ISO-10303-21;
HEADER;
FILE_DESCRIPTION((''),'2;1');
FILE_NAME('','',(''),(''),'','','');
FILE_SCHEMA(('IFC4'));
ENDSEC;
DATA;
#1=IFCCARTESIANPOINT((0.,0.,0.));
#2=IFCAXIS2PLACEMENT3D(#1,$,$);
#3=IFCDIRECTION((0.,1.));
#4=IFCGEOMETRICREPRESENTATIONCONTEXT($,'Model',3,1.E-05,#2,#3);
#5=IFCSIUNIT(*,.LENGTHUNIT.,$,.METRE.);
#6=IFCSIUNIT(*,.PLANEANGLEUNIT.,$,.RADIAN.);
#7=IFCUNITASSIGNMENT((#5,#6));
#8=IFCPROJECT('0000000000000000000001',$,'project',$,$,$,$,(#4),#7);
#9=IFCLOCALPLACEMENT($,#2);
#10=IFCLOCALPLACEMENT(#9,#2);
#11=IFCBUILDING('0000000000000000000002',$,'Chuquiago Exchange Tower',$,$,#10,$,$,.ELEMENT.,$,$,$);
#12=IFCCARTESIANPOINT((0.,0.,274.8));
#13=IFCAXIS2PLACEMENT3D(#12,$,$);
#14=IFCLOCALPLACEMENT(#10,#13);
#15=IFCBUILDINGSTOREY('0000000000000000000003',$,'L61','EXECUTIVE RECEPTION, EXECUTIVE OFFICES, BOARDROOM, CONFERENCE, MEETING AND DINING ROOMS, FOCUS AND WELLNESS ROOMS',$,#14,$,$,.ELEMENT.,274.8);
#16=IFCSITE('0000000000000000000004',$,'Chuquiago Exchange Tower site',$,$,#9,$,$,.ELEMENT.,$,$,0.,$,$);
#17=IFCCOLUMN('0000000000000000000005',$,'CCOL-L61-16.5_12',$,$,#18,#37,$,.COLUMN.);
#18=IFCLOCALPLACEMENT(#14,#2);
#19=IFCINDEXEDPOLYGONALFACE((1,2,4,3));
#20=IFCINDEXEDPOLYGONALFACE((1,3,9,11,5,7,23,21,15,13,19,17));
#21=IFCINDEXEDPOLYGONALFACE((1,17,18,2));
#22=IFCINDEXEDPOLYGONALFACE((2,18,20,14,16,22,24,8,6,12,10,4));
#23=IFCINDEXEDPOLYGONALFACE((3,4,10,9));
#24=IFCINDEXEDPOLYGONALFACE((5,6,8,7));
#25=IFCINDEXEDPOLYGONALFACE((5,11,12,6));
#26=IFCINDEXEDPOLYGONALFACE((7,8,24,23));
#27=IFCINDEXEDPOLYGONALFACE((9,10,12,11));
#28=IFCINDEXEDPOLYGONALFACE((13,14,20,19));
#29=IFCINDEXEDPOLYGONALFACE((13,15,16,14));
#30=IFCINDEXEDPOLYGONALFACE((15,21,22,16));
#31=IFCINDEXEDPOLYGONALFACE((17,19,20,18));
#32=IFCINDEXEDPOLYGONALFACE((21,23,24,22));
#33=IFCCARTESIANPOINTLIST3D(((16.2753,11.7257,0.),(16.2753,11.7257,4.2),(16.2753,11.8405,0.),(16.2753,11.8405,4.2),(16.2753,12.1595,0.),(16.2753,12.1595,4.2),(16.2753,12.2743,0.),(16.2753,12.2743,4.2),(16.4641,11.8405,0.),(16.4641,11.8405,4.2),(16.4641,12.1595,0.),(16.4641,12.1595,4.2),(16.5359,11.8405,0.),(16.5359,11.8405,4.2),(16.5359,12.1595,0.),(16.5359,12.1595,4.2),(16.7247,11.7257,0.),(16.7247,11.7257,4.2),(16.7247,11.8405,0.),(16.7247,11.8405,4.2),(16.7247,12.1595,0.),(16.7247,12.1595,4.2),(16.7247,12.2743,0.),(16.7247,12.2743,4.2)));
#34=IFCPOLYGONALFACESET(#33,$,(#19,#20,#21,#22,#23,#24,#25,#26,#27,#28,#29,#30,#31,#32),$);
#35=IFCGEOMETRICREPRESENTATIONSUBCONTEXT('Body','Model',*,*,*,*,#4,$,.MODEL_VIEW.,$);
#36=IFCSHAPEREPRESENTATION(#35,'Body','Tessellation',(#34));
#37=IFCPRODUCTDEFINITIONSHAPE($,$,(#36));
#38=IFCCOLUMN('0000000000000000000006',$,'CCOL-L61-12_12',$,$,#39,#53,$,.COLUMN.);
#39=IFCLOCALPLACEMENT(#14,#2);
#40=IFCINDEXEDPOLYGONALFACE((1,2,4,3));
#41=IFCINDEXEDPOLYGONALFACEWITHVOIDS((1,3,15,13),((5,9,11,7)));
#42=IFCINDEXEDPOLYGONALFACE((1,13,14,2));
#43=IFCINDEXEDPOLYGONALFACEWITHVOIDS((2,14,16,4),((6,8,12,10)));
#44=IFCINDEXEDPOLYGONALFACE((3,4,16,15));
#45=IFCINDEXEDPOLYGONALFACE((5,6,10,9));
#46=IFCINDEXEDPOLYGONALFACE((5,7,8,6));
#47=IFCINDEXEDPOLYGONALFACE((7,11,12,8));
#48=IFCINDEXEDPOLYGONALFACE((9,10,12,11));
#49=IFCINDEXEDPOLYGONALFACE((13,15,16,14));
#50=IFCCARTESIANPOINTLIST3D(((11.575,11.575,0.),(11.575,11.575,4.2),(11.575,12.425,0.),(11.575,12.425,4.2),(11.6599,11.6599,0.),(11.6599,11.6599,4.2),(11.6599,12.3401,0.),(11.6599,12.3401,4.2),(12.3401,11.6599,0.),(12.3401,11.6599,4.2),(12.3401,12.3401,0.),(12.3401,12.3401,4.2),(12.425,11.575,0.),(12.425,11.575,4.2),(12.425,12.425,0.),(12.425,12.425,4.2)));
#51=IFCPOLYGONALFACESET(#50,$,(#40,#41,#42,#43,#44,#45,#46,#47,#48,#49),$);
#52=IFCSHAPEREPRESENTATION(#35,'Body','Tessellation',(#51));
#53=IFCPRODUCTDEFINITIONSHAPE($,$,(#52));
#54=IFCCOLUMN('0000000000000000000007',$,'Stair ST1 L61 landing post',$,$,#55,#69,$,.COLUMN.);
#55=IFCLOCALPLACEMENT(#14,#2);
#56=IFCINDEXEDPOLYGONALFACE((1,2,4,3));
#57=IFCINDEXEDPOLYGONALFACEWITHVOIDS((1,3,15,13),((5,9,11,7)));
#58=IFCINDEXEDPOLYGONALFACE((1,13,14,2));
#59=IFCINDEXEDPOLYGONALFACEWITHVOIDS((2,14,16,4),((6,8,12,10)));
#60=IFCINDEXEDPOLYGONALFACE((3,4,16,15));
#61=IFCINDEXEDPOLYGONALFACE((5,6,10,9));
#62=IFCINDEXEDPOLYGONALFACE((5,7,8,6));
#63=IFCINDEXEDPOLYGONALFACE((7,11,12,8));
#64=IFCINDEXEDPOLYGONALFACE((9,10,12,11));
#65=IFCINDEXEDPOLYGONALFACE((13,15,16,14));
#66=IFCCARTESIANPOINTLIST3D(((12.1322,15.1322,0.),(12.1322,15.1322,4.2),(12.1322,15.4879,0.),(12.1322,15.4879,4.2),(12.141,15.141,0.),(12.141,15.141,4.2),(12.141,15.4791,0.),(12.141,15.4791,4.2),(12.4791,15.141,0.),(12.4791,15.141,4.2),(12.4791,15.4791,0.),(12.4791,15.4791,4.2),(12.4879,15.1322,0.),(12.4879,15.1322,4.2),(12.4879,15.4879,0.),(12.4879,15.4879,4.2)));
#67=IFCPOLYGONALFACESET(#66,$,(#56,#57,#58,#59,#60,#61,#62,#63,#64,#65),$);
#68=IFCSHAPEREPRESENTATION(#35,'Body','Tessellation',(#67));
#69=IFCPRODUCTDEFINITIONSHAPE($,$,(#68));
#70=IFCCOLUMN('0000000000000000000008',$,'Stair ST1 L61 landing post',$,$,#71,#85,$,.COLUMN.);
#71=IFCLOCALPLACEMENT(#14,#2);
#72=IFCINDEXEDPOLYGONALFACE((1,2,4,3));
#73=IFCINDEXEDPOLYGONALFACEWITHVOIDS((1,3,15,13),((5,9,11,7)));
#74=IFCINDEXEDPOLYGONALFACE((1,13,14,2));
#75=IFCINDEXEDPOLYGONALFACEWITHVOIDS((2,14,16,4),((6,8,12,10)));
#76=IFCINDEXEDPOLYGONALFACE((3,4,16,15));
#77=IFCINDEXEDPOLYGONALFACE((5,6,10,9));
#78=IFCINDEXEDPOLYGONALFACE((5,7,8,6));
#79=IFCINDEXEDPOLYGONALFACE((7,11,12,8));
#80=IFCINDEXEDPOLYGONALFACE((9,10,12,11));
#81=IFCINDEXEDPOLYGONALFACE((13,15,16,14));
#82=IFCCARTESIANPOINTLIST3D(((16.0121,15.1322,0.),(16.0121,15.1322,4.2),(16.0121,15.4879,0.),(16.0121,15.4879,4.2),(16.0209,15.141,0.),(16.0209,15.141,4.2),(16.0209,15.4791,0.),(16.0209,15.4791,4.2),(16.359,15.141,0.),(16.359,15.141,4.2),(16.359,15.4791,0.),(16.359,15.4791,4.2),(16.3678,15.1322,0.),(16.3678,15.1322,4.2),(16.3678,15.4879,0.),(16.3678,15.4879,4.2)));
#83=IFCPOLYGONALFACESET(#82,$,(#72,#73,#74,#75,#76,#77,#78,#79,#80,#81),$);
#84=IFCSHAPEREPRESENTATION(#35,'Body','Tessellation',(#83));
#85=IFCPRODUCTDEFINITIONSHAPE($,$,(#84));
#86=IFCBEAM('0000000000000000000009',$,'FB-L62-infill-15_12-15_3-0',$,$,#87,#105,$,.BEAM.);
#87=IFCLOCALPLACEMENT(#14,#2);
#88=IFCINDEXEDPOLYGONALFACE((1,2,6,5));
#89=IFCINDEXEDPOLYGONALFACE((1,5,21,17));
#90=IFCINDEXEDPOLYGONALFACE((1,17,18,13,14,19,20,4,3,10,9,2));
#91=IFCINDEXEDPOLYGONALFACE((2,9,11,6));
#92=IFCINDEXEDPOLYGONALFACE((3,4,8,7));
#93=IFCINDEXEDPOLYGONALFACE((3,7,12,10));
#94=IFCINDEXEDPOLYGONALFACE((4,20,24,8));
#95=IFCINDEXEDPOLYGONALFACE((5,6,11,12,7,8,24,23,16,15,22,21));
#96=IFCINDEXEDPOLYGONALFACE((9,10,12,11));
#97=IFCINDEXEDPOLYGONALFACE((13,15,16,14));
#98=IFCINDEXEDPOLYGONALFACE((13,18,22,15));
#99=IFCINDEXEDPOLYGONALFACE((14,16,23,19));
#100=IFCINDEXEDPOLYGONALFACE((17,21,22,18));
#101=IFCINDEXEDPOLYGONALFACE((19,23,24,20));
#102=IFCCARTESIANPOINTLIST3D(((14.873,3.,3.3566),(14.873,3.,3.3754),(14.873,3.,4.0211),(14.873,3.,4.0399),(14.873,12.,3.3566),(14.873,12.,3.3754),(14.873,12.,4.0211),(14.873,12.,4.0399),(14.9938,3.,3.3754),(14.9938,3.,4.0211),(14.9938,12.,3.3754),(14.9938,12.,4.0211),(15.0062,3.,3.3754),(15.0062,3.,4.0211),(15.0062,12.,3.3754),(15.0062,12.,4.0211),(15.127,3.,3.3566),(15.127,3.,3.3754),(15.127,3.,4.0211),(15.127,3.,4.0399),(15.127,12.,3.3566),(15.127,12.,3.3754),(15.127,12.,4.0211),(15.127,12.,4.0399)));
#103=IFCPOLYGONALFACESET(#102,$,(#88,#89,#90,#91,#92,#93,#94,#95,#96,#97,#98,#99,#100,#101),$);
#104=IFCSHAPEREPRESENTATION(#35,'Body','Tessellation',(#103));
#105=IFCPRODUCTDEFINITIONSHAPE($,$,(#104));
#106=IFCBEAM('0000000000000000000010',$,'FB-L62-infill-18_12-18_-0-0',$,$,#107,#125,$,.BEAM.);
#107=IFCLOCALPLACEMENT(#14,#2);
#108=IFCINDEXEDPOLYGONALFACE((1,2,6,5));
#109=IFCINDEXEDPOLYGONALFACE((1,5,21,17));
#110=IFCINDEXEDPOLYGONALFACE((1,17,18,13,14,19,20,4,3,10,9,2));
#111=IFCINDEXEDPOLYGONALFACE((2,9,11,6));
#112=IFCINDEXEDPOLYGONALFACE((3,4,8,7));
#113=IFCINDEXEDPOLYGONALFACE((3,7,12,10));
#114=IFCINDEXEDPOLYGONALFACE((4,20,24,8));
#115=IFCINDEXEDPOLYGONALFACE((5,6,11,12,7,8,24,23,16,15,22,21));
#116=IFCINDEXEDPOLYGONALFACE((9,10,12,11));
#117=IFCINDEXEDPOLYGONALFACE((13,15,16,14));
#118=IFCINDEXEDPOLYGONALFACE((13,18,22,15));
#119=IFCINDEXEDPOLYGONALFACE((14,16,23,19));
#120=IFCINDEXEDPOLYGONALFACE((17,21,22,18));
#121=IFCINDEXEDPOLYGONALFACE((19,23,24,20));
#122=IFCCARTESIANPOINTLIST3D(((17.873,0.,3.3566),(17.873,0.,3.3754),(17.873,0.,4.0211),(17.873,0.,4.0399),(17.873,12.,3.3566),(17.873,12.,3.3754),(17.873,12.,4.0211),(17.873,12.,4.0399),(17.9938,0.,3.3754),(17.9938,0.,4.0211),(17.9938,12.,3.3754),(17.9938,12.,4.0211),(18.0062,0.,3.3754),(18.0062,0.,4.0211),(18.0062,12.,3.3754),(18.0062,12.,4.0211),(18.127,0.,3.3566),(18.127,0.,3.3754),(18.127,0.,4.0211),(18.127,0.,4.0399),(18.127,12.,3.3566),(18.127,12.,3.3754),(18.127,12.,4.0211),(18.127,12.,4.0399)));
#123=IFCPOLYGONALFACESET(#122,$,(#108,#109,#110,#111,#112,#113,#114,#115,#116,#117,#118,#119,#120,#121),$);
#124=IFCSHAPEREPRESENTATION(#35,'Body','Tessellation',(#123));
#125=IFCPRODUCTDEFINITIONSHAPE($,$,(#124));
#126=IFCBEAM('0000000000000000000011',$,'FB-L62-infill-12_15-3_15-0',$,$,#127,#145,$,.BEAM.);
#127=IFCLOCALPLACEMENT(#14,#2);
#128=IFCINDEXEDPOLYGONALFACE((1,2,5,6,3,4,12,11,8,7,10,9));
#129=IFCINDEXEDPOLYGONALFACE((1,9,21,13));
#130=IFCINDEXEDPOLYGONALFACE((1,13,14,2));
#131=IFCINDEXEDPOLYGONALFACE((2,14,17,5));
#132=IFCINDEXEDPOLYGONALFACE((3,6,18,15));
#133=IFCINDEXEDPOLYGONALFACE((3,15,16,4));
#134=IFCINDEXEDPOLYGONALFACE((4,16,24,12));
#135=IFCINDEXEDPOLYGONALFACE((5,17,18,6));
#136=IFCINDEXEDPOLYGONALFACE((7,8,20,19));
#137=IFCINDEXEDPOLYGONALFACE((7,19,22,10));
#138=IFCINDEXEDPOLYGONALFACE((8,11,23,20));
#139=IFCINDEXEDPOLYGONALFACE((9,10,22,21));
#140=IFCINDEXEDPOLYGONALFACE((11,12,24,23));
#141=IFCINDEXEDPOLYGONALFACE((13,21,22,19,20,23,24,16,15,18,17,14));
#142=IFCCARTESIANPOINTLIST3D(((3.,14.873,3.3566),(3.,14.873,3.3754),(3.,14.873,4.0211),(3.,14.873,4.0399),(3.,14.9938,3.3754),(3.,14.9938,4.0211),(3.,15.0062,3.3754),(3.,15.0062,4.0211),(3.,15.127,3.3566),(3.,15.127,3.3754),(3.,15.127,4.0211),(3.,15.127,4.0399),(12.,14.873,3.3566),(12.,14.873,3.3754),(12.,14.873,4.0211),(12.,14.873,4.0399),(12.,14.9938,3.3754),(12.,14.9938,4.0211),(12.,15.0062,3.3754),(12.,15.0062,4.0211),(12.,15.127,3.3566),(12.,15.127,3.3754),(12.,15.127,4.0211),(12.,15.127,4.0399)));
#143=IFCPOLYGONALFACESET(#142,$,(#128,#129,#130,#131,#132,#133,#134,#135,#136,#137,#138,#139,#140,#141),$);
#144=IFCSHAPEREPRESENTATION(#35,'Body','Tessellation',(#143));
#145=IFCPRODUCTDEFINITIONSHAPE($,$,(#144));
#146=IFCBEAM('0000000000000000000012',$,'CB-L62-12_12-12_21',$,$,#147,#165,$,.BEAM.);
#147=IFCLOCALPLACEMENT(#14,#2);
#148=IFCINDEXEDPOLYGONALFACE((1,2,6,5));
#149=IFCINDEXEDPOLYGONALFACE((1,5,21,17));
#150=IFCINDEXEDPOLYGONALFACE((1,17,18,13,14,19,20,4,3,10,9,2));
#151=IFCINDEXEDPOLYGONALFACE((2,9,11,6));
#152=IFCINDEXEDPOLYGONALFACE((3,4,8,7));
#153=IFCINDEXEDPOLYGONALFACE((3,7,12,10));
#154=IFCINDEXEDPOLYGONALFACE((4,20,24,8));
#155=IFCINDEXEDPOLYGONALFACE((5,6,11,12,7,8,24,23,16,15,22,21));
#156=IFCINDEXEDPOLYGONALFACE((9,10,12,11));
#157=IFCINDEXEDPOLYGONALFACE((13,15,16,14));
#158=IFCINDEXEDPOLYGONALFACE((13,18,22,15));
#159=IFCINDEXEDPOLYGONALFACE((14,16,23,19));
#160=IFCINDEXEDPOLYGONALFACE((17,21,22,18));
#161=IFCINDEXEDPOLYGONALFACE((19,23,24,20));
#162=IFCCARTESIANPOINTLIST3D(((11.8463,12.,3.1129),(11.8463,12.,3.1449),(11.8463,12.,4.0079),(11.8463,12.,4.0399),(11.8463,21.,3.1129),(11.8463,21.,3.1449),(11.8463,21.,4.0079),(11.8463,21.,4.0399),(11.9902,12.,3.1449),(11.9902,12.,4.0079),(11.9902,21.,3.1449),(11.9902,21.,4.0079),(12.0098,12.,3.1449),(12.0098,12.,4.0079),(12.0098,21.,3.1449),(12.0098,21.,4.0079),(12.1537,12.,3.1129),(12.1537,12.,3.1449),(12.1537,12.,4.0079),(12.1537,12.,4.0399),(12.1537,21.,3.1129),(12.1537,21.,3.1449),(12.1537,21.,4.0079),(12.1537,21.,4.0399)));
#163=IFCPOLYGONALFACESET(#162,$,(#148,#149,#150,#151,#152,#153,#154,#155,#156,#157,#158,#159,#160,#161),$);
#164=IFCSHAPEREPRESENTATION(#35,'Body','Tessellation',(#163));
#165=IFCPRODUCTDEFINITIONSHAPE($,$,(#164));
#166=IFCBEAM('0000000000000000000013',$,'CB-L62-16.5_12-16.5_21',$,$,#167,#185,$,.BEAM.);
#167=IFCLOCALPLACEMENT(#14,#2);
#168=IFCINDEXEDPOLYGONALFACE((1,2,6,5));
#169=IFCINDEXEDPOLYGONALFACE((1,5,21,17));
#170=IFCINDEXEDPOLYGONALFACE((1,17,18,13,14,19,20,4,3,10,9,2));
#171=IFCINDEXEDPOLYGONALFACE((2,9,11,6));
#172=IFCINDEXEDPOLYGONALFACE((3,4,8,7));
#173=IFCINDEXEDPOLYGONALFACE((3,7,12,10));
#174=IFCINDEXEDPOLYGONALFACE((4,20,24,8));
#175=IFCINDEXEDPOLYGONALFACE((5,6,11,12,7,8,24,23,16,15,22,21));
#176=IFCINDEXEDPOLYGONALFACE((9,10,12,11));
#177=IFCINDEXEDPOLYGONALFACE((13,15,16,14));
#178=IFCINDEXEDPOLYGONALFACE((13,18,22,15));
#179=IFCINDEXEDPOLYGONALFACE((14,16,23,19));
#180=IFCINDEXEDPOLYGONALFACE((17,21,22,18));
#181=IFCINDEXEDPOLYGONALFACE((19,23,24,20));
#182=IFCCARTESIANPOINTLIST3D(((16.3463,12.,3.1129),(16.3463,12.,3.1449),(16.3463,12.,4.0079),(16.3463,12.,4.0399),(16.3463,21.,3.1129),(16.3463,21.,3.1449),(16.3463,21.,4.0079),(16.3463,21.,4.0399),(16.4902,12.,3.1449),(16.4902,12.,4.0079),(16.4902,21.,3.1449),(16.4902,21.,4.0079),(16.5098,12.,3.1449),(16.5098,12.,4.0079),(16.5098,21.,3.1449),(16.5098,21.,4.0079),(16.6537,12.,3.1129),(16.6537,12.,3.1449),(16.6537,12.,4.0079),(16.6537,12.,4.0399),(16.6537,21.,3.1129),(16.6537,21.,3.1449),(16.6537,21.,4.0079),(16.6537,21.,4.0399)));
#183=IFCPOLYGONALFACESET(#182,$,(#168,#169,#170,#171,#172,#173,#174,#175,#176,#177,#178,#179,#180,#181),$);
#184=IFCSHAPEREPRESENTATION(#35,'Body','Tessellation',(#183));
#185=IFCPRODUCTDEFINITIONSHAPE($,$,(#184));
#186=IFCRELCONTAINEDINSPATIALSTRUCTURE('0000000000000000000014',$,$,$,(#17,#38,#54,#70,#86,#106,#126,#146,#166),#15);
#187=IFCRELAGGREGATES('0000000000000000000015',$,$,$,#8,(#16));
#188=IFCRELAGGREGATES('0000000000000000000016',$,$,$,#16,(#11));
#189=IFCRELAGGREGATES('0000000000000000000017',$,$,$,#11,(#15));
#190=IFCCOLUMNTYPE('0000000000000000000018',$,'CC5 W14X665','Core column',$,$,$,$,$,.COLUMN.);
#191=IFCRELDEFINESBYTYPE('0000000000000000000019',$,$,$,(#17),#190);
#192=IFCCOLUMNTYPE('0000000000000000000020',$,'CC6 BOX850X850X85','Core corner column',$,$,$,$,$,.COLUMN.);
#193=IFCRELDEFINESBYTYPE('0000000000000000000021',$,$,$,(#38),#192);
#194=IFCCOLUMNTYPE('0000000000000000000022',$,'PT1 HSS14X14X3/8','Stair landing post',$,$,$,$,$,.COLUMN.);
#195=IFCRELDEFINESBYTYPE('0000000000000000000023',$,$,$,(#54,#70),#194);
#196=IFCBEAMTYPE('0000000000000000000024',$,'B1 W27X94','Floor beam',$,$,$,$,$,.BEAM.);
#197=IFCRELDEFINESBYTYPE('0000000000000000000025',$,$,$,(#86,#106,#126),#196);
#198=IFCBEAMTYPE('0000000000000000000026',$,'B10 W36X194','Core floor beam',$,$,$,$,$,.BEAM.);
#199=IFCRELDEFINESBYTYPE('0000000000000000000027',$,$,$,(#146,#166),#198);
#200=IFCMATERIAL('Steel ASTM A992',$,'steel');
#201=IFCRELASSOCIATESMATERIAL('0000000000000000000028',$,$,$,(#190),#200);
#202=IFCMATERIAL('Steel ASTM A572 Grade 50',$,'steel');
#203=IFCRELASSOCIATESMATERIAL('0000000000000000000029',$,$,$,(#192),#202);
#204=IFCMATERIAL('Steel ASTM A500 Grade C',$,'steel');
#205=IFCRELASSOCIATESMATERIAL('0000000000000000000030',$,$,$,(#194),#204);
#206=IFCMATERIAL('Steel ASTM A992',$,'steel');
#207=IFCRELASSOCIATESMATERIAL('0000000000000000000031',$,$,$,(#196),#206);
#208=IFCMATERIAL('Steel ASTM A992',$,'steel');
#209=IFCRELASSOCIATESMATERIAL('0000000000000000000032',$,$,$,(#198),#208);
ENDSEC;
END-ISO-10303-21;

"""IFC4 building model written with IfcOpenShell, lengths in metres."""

from ifc_helpers import new_model, si_unit, direction, frame, origin, origin_2d, place, context, subcontext, project, spatial, hollow_rectangle, i_section, extrude, material, material_profile, profile_set, type_object, element, save


model = new_model("IFC4")

# Units and contexts
model_context = context("Model", 3, precision=1e-05, world=origin(), true_north=direction((0.0, 1.0)))
body_context = subcontext(model_context, "Body", "Model", "MODEL_VIEW")
ifc_project = project(units=[si_unit("LENGTHUNIT", "METRE"), si_unit("PLANEANGLEUNIT", "RADIAN")], contexts=[model_context])

# Site, building, storey
site_placement = place(None, origin())
site = spatial("IfcSite", under=ifc_project, at=site_placement, Name="Chuquiago Exchange Tower site", CompositionType="ELEMENT", RefElevation=0.0)
building_placement = place(site_placement, origin())
building = spatial("IfcBuilding", under=site, at=building_placement, Name="Chuquiago Exchange Tower", CompositionType="ELEMENT")
storey_placement = place(building_placement, frame((0.0, 0.0, 274.8)))
storey = spatial("IfcBuildingStorey", under=building, at=storey_placement, Name="L61", Description="EXECUTIVE RECEPTION, EXECUTIVE OFFICES, BOARDROOM, CONFERENCE, MEETING AND DINING ROOMS, FOCUS AND WELLNESS ROOMS", CompositionType="ELEMENT", Elevation=274.8)

# Columns
ifc_material_1 = material(Name="Steel ASTM A992", Category="steel")
ifc_material_profile_1 = material_profile(ifc_material_1, i_section(OverallWidth=0.4495, OverallDepth=0.5486, WebThickness=0.0718, FlangeThickness=0.1147, at=origin_2d()), Name="W14X665")
ifc_profile_set_1 = profile_set([ifc_material_profile_1], Name="Steel ASTM A992")
column_type_1 = type_object("IfcColumnType", Name="CC5 W14X665", Description="Core column", PredefinedType="COLUMN", material=ifc_profile_set_1)
column_1_placement = place(storey_placement, frame((16.5, 12.0, 0.0), z_axis=(0.0, 0.0, 1.0), x_axis=(1.0, 0.0, 0.0)))
element("IfcColumn", 1, at=column_1_placement, inside=storey, type_object=column_type_1, Name="CCOL-L61-16.5_12", PredefinedType="COLUMN", context=body_context, shape_type="SweptSolid", body=[
    extrude(i_section(OverallWidth=0.4495, OverallDepth=0.5486, WebThickness=0.0718, FlangeThickness=0.1147, at=origin_2d()), origin(), (0.0, 0.0, 1.0), 4.2),
])
ifc_material_2 = material(Name="Steel ASTM A572 Grade 50", Category="steel")
ifc_material_profile_2 = material_profile(ifc_material_2, hollow_rectangle(XDim=0.8501, YDim=0.8501, WallThickness=0.085, at=origin_2d()), Name="BOX850X850X85")
ifc_profile_set_2 = profile_set([ifc_material_profile_2], Name="Steel ASTM A572 Grade 50")
column_type_2 = type_object("IfcColumnType", Name="CC6 BOX850X850X85", Description="Core corner column", PredefinedType="COLUMN", material=ifc_profile_set_2)
column_2_placement = place(storey_placement, frame((12.0, 12.0, 0.0), z_axis=(0.0, 0.0, 1.0), x_axis=(1.0, 0.0, 0.0)))
element("IfcColumn", 2, at=column_2_placement, inside=storey, type_object=column_type_2, Name="CCOL-L61-12_12", PredefinedType="COLUMN", context=body_context, shape_type="SweptSolid", body=[
    extrude(hollow_rectangle(XDim=0.8501, YDim=0.8501, WallThickness=0.085, at=origin_2d()), origin(), (0.0, 0.0, 1.0), 4.2),
])
ifc_material_3 = material(Name="Steel ASTM A500 Grade C", Category="steel")
ifc_material_profile_3 = material_profile(ifc_material_3, hollow_rectangle(XDim=0.3557, YDim=0.3557, WallThickness=0.0088, at=origin_2d()), Name="HSS14X14X3/8")
ifc_profile_set_3 = profile_set([ifc_material_profile_3], Name="Steel ASTM A500 Grade C")
column_type_3 = type_object("IfcColumnType", Name="PT1 HSS14X14X3/8", Description="Stair landing post", PredefinedType="COLUMN", material=ifc_profile_set_3)
for number, where, z_axis, x_axis, name in (
    (3, (12.3101, 15.3101, 0.0), (0.0, 0.0, 1.0), (1.0, 0.0, 0.0), "Stair ST1 L61 landing post"),
    (4, (16.1899, 15.3101, 0.0), (0.0, 0.0, 1.0), (1.0, 0.0, 0.0), "Stair ST1 L61 landing post"),
):
    element("IfcColumn", number, at=place(storey_placement, frame(where, z_axis=z_axis, x_axis=x_axis)), inside=storey, type_object=column_type_3, Name=name, PredefinedType="COLUMN", context=body_context, shape_type="SweptSolid", body=[
        extrude(hollow_rectangle(XDim=0.3557, YDim=0.3557, WallThickness=0.0088, at=origin_2d()), origin(), (0.0, 0.0, 1.0), 4.2),
    ])

# Beams
ifc_material_4 = material(Name="Steel ASTM A992", Category="steel")
ifc_material_profile_4 = material_profile(ifc_material_4, i_section(OverallWidth=0.2539, OverallDepth=0.6833, WebThickness=0.0125, FlangeThickness=0.0188, at=origin_2d()), Name="W27X94")
ifc_profile_set_4 = profile_set([ifc_material_profile_4], Name="Steel ASTM A992")
beam_type_1 = type_object("IfcBeamType", Name="B1 W27X94", Description="Floor beam", PredefinedType="BEAM", material=ifc_profile_set_4)
beam_1_placement = place(storey_placement, frame((15.0, 12.0, 3.6982), z_axis=(0.0, -1.0, 0.0), x_axis=(1.0, 0.0, 0.0)))
element("IfcBeam", 5, at=beam_1_placement, inside=storey, type_object=beam_type_1, Name="FB-L62-infill-15_12-15_3-0", PredefinedType="BEAM", context=body_context, shape_type="SweptSolid", body=[
    extrude(i_section(OverallWidth=0.2539, OverallDepth=0.6833, WebThickness=0.0125, FlangeThickness=0.0188, at=origin_2d()), origin(), (0.0, 0.0, 1.0), 9.0),
])
beam_2_placement = place(storey_placement, frame((18.0, 12.0, 3.6982), z_axis=(0.0, -1.0, 0.0), x_axis=(1.0, 0.0, 0.0)))
element("IfcBeam", 6, at=beam_2_placement, inside=storey, type_object=beam_type_1, Name="FB-L62-infill-18_12-18_-0-0", PredefinedType="BEAM", context=body_context, shape_type="SweptSolid", body=[
    extrude(i_section(OverallWidth=0.2539, OverallDepth=0.6833, WebThickness=0.0125, FlangeThickness=0.0188, at=origin_2d()), origin(), (0.0, 0.0, 1.0), 12.0),
])
beam_3_placement = place(storey_placement, frame((12.0, 15.0, 3.6982), z_axis=(-1.0, 0.0, 0.0), x_axis=(0.0, -1.0, 0.0)))
element("IfcBeam", 7, at=beam_3_placement, inside=storey, type_object=beam_type_1, Name="FB-L62-infill-12_15-3_15-0", PredefinedType="BEAM", context=body_context, shape_type="SweptSolid", body=[
    extrude(i_section(OverallWidth=0.2539, OverallDepth=0.6833, WebThickness=0.0125, FlangeThickness=0.0188, at=origin_2d()), origin(), (0.0, 0.0, 1.0), 9.0),
])
ifc_material_5 = material(Name="Steel ASTM A992", Category="steel")
ifc_material_profile_5 = material_profile(ifc_material_5, i_section(OverallWidth=0.3074, OverallDepth=0.927, WebThickness=0.0195, FlangeThickness=0.032, at=origin_2d()), Name="W36X194")
ifc_profile_set_5 = profile_set([ifc_material_profile_5], Name="Steel ASTM A992")
beam_type_2 = type_object("IfcBeamType", Name="B10 W36X194", Description="Core floor beam", PredefinedType="BEAM", material=ifc_profile_set_5)
for number, where, z_axis, x_axis, name in (
    (8, (12.0, 12.0, 3.5764), (0.0, 1.0, 0.0), (-1.0, 0.0, 0.0), "CB-L62-12_12-12_21"),
    (9, (16.5, 12.0, 3.5764), (0.0, 1.0, 0.0), (-1.0, 0.0, 0.0), "CB-L62-16.5_12-16.5_21"),
):
    element("IfcBeam", number, at=place(storey_placement, frame(where, z_axis=z_axis, x_axis=x_axis)), inside=storey, type_object=beam_type_2, Name=name, PredefinedType="BEAM", context=body_context, shape_type="SweptSolid", body=[
        extrude(i_section(OverallWidth=0.3074, OverallDepth=0.927, WebThickness=0.0195, FlangeThickness=0.032, at=origin_2d()), origin(), (0.0, 0.0, 1.0), 9.0),
    ])

save(model, "model.ifc")
